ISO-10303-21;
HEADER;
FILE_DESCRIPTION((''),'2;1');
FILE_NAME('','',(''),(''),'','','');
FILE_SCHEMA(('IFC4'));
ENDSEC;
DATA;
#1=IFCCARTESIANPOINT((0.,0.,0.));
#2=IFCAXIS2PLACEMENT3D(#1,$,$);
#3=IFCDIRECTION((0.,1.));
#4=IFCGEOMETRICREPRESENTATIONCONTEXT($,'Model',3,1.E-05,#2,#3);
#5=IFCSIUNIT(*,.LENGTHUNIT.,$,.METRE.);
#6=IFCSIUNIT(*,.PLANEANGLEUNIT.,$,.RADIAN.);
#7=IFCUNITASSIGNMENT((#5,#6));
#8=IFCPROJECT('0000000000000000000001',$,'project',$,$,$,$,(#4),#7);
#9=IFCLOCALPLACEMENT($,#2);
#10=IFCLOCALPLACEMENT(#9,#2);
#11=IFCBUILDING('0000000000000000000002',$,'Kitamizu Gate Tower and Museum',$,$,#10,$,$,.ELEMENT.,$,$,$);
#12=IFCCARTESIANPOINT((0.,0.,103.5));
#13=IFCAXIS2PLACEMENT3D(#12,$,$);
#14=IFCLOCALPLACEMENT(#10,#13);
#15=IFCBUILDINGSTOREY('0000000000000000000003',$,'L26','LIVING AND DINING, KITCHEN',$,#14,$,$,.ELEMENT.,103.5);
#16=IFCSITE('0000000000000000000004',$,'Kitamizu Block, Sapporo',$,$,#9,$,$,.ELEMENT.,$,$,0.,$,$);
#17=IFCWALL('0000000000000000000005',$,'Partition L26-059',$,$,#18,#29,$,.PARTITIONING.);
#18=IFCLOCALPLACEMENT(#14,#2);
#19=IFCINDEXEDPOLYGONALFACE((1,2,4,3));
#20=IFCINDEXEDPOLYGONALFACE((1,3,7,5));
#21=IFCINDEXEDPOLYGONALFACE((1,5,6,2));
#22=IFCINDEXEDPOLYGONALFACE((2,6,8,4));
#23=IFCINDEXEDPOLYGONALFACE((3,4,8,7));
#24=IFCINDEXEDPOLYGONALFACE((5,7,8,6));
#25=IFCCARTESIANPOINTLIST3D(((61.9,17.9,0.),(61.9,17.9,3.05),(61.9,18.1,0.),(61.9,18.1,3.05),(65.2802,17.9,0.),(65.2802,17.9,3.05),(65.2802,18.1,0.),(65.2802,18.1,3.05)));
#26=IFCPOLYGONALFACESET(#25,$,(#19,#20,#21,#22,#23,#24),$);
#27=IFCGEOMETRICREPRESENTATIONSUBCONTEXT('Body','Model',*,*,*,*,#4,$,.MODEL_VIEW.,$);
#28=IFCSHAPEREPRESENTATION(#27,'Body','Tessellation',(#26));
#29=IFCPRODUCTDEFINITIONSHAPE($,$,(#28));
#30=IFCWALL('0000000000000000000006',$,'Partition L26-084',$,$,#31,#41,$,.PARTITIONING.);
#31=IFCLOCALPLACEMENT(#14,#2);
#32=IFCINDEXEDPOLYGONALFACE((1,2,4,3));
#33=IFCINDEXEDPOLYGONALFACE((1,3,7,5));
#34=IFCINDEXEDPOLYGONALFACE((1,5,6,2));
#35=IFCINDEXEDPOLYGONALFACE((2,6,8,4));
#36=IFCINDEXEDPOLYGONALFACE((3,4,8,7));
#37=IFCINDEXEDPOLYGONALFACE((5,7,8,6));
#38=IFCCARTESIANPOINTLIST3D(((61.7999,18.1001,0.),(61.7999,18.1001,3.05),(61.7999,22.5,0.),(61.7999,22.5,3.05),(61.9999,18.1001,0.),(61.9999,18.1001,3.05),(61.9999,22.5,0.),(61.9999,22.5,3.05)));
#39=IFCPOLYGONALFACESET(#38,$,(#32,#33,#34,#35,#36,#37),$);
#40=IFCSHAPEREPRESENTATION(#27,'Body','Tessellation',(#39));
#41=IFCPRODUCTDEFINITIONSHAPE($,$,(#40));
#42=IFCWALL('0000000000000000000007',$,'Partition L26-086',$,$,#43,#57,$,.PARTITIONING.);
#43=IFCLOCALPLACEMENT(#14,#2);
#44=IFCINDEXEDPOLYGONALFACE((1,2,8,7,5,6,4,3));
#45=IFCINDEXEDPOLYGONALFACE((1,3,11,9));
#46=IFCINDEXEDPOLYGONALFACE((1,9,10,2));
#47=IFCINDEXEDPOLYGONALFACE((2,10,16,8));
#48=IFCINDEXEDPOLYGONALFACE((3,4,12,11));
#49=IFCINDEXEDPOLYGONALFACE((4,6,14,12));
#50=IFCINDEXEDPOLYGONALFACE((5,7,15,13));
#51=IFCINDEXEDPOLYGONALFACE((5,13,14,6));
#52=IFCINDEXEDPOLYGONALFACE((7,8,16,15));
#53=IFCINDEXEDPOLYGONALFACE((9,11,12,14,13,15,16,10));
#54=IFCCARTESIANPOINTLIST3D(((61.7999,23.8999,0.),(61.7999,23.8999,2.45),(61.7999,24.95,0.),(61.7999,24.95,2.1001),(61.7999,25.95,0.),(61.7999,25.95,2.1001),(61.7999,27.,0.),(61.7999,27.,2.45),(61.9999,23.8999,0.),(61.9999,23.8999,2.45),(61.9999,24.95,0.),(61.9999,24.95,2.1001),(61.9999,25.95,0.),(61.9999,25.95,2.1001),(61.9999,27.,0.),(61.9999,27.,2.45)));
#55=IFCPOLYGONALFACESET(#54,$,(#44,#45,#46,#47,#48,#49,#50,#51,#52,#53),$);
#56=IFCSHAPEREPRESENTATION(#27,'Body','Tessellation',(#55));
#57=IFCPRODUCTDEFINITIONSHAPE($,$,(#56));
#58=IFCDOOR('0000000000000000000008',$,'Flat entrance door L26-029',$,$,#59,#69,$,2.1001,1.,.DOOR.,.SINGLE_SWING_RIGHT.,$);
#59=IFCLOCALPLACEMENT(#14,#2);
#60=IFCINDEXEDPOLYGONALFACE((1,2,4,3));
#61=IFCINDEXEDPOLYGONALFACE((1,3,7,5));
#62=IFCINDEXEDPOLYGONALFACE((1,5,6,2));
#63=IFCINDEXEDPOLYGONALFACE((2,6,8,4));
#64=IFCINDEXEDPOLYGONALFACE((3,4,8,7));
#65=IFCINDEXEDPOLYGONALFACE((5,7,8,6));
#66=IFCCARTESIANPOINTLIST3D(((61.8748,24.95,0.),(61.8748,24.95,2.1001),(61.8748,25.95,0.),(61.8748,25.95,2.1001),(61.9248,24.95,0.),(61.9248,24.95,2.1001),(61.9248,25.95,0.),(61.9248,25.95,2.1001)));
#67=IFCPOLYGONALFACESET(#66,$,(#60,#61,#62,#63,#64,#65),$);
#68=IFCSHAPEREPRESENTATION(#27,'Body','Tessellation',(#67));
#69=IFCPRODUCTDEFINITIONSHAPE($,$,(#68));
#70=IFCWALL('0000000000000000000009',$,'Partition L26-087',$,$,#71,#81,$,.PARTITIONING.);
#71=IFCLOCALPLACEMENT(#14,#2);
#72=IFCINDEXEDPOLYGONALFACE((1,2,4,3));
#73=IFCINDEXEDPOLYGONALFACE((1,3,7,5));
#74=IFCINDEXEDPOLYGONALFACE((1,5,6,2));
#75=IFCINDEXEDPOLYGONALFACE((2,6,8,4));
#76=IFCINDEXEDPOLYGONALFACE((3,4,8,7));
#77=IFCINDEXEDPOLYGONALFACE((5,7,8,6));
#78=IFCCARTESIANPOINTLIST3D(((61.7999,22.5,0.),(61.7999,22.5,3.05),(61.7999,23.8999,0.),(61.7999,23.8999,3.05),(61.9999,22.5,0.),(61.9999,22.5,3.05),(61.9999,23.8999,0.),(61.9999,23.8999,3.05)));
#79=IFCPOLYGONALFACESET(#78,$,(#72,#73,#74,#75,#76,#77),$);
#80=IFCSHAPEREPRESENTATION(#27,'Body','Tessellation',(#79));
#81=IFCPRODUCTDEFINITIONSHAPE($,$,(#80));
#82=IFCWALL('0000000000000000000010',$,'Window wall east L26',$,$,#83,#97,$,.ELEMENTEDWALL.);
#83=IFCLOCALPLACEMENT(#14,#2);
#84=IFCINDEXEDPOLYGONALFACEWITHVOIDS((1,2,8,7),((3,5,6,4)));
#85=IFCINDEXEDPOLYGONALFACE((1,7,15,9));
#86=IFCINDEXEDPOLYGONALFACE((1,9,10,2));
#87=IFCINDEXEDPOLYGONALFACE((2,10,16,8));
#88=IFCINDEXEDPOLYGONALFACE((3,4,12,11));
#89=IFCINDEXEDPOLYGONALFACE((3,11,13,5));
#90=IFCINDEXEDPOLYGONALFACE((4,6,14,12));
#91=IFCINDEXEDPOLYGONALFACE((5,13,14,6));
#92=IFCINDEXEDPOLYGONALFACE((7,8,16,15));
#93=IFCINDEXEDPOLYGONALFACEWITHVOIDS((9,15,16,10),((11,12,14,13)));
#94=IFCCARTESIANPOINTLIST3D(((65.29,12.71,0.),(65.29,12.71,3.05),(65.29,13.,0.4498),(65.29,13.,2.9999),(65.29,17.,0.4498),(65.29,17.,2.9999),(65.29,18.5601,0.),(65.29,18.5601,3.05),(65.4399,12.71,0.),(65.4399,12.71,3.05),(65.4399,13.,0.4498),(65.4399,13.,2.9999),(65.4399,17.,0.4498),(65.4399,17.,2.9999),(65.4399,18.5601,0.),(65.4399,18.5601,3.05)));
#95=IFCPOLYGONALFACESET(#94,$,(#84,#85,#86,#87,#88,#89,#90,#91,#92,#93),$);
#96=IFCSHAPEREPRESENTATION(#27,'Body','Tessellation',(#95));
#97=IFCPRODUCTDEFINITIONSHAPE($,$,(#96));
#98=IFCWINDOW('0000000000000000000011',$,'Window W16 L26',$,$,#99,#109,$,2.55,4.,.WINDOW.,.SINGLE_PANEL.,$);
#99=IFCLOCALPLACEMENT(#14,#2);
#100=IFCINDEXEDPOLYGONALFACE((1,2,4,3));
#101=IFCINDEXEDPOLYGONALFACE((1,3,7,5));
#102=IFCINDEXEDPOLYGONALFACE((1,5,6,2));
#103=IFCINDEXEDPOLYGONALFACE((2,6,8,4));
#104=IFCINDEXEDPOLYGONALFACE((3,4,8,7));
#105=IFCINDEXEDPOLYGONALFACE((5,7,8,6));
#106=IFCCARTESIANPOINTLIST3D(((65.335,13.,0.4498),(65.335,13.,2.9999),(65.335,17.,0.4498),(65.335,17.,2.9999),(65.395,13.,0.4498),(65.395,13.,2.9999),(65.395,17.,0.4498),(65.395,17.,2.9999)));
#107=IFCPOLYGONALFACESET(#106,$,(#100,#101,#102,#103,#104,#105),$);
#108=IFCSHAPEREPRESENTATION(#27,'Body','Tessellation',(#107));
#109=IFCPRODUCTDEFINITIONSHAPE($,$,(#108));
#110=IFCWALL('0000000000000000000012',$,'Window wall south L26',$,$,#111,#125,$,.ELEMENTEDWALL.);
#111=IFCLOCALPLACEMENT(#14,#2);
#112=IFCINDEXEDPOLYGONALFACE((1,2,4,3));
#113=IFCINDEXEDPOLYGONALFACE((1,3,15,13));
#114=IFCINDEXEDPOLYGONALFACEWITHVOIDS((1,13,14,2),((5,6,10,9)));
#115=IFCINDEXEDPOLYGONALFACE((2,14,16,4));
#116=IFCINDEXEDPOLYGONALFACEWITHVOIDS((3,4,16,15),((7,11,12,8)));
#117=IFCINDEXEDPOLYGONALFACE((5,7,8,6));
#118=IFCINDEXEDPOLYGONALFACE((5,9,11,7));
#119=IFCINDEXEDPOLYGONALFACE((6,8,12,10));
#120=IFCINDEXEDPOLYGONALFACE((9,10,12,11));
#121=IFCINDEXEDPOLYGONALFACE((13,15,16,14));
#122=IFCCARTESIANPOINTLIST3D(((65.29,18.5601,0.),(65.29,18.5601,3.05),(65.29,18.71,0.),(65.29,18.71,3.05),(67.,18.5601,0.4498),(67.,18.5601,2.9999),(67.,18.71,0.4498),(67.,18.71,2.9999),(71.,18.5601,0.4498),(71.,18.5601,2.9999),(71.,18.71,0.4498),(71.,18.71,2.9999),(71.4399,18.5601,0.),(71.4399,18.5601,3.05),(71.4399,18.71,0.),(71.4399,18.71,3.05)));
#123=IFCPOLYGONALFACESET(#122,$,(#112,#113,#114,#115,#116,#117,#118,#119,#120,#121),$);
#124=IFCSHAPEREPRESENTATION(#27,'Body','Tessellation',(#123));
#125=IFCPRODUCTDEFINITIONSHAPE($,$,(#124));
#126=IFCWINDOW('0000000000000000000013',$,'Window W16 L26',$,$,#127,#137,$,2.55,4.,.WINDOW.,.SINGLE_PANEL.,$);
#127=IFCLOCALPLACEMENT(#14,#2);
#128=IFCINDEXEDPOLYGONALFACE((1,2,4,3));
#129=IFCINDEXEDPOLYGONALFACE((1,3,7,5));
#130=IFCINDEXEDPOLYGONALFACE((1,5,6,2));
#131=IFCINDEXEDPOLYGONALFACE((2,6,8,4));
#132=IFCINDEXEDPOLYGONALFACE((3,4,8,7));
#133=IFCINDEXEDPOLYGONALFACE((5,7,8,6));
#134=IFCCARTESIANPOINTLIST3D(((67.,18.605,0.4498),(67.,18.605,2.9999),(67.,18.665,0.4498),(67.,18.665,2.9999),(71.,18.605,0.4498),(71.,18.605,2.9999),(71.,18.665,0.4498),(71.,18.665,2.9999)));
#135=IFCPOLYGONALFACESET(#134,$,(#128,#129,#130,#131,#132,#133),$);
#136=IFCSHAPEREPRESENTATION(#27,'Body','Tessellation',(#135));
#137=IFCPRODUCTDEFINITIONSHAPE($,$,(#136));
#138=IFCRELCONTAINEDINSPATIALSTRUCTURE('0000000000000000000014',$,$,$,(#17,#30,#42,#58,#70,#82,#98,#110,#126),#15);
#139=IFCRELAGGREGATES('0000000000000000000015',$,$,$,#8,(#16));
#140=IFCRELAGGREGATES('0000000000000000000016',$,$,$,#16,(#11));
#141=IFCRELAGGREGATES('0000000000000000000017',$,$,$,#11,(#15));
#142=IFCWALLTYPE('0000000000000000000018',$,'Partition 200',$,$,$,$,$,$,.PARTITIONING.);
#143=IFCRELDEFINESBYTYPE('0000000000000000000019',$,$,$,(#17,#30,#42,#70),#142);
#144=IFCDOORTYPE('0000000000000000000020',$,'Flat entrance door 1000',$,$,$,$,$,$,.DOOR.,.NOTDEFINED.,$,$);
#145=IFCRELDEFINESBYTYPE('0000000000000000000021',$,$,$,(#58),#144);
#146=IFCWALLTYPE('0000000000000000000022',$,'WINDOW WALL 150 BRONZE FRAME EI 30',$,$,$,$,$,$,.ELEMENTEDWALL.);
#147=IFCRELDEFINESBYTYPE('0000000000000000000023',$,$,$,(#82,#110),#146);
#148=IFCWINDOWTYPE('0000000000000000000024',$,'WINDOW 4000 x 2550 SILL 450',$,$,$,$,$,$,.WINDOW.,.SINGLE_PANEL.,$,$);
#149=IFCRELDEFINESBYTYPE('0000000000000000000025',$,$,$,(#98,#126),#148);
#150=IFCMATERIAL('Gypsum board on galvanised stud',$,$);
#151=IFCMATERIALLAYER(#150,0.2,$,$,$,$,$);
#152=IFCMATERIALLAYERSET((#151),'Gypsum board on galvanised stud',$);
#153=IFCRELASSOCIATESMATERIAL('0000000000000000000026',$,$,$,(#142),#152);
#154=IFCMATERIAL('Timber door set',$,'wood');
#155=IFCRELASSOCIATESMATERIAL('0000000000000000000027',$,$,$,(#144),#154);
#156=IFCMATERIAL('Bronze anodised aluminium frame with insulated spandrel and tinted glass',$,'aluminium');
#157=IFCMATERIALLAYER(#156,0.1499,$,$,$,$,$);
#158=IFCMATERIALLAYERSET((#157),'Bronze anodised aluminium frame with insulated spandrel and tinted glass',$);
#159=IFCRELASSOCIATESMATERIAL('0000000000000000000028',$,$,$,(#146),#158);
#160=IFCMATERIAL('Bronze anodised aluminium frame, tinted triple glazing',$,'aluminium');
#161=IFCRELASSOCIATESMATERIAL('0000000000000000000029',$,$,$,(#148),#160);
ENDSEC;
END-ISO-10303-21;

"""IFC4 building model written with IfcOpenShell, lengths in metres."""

from ifc_helpers import new_model, si_unit, direction, frame, frame_2d, origin, place, context, subcontext, project, spatial, rectangle, extrude, material, layer, layer_set, type_object, element, fill, save


model = new_model("IFC4")

# Units and contexts
model_context = context("Model", 3, precision=1e-05, world=origin(), true_north=direction((0.0, 1.0)))
body_context = subcontext(model_context, "Body", "Model", "MODEL_VIEW")
ifc_project = project(units=[si_unit("LENGTHUNIT", "METRE"), si_unit("PLANEANGLEUNIT", "RADIAN")], contexts=[model_context])

# Site, building, storey
site_placement = place(None, origin())
site = spatial("IfcSite", under=ifc_project, at=site_placement, Name="Kitamizu Block, Sapporo", CompositionType="ELEMENT", RefElevation=0.0)
building_placement = place(site_placement, origin())
building = spatial("IfcBuilding", under=site, at=building_placement, Name="Kitamizu Gate Tower and Museum", CompositionType="ELEMENT")
storey_placement = place(building_placement, frame((0.0, 0.0, 103.5)))
storey = spatial("IfcBuildingStorey", under=building, at=storey_placement, Name="L26", Description="LIVING AND DINING, KITCHEN", CompositionType="ELEMENT", Elevation=103.5)

# Walls
ifc_material_1 = material(Name="Gypsum board on galvanised stud")
ifc_layer_1 = layer(ifc_material_1, 0.2)
ifc_layer_set_1 = layer_set([ifc_layer_1], Name="Gypsum board on galvanised stud")
wall_type_1 = type_object("IfcWallType", Name="Partition 200", PredefinedType="PARTITIONING", material=ifc_layer_set_1)
wall_1_placement = place(storey_placement, frame((65.28, 18.0, 0.0), z_axis=(0.0, 0.0, 1.0), x_axis=(-1.0, 0.0, 0.0)))
element("IfcWall", 1, at=wall_1_placement, inside=storey, type_object=wall_type_1, Name="Partition L26-059", PredefinedType="PARTITIONING", context=body_context, shape_type="SweptSolid", body=[
    extrude(rectangle(XDim=3.3801, YDim=0.2, at=frame_2d((1.6899, 0.0))), origin(), (0.0, 0.0, 1.0), 3.05),
])
wall_2_placement = place(storey_placement, frame((61.8999, 22.5, 0.0), z_axis=(0.0, 0.0, 1.0), x_axis=(0.0, -1.0, 0.0)))
element("IfcWall", 2, at=wall_2_placement, inside=storey, type_object=wall_type_1, Name="Partition L26-084", PredefinedType="PARTITIONING", context=body_context, shape_type="SweptSolid", body=[
    extrude(rectangle(XDim=4.3999, YDim=0.2, at=frame_2d((2.2, 0.0))), origin(), (0.0, 0.0, 1.0), 3.05),
])

# Wall, opening, door
wall_3_placement = place(storey_placement, frame((61.8999, 27.0, 0.0), z_axis=(0.0, 0.0, 1.0), x_axis=(0.0, -1.0, 0.0)))
wall_3 = element("IfcWall", 3, at=wall_3_placement, inside=storey, type_object=wall_type_1, Name="Partition L26-086", PredefinedType="PARTITIONING", context=body_context, shape_type="SweptSolid", body=[
    extrude(rectangle(XDim=3.1001, YDim=0.2, at=frame_2d((1.55, 0.0))), origin(), (0.0, 0.0, 1.0), 2.45),
])
opening_1_placement = place(wall_3_placement, frame((1.05, 0.0, 0.0)))
opening_1 = element("IfcOpeningElement", 4, at=opening_1_placement, cuts=wall_3, PredefinedType="OPENING", context=body_context, shape_type="SweptSolid", body=[
    extrude(rectangle(XDim=1.0, YDim=2.1001, at=frame_2d((0.5, 1.05))), frame((0.0, 0.1099, 0.0), z_axis=(0.0, -1.0, 0.0), x_axis=(1.0, 0.0, 0.0)), (0.0, 0.0, 1.0), 0.22),
])
ifc_material_2 = material(Name="Timber door set", Category="wood")
door_type_1 = type_object("IfcDoorType", Name="Flat entrance door 1000", OperationType="NOTDEFINED", PredefinedType="DOOR", material=ifc_material_2)
door_1_placement = place(opening_1_placement, origin())
door_1 = element("IfcDoor", 5, at=door_1_placement, inside=storey, type_object=door_type_1, Name="Flat entrance door L26-029", OperationType="SINGLE_SWING_RIGHT", OverallHeight=2.1001, OverallWidth=1.0, PredefinedType="DOOR", context=body_context, shape_type="SweptSolid", body=[
    extrude(rectangle(XDim=1.0, YDim=2.1001, at=frame_2d((0.5, 1.05))), frame((0.0, 0.0249, 0.0), z_axis=(0.0, -1.0, 0.0), x_axis=(1.0, 0.0, 0.0)), (0.0, 0.0, 1.0), 0.05),
])
fill(opening_1, door_1)

# Wall
wall_4_placement = place(storey_placement, frame((61.8999, 23.8999, 0.0), z_axis=(0.0, 0.0, 1.0), x_axis=(0.0, -1.0, 0.0)))
element("IfcWall", 6, at=wall_4_placement, inside=storey, type_object=wall_type_1, Name="Partition L26-087", PredefinedType="PARTITIONING", context=body_context, shape_type="SweptSolid", body=[
    extrude(rectangle(XDim=1.3999, YDim=0.2, at=frame_2d((0.7, 0.0))), origin(), (0.0, 0.0, 1.0), 3.05),
])

# Walls, openings, windows
ifc_material_3 = material(Name="Bronze anodised aluminium frame with insulated spandrel and tinted glass", Category="aluminium")
ifc_layer_2 = layer(ifc_material_3, 0.1499)
ifc_layer_set_2 = layer_set([ifc_layer_2], Name="Bronze anodised aluminium frame with insulated spandrel and tinted glass")
wall_type_2 = type_object("IfcWallType", Name="WINDOW WALL 150 BRONZE FRAME EI 30", PredefinedType="ELEMENTEDWALL", material=ifc_layer_set_2)
wall_5_placement = place(storey_placement, frame((65.365, 12.71, 0.0), z_axis=(0.0, 0.0, 1.0), x_axis=(0.0, 1.0, 0.0)))
wall_5 = element("IfcWall", 7, at=wall_5_placement, inside=storey, type_object=wall_type_2, Name="Window wall east L26", PredefinedType="ELEMENTEDWALL", context=body_context, shape_type="SweptSolid", body=[
    extrude(rectangle(XDim=5.8501, YDim=0.1499, at=frame_2d((2.925, 0.0))), origin(), (0.0, 0.0, 1.0), 3.05),
])
opening_2_placement = place(wall_5_placement, frame((0.29, 0.0, 0.45)))
opening_2 = element("IfcOpeningElement", 8, at=opening_2_placement, cuts=wall_5, PredefinedType="OPENING", context=body_context, shape_type="SweptSolid", body=[
    extrude(rectangle(XDim=4.0, YDim=2.55, at=frame_2d((2.0, 1.2749))), frame((0.0, 0.085, 0.0), z_axis=(0.0, -1.0, 0.0), x_axis=(1.0, 0.0, 0.0)), (0.0, 0.0, 1.0), 0.1699),
])
ifc_material_4 = material(Name="Bronze anodised aluminium frame, tinted triple glazing", Category="aluminium")
window_type_1 = type_object("IfcWindowType", Name="WINDOW 4000 x 2550 SILL 450", PartitioningType="SINGLE_PANEL", PredefinedType="WINDOW", material=ifc_material_4)
window_1_placement = place(opening_2_placement, origin())
window_1 = element("IfcWindow", 9, at=window_1_placement, inside=storey, type_object=window_type_1, Name="Window W16 L26", OverallHeight=2.55, OverallWidth=4.0, PartitioningType="SINGLE_PANEL", PredefinedType="WINDOW", context=body_context, shape_type="SweptSolid", body=[
    extrude(rectangle(XDim=4.0, YDim=2.55, at=frame_2d((2.0, 1.2749))), frame((0.0, 0.03, 0.0), z_axis=(0.0, -1.0, 0.0), x_axis=(1.0, 0.0, 0.0)), (0.0, 0.0, 1.0), 0.0601),
])
fill(opening_2, window_1)
wall_6_placement = place(storey_placement, frame((65.29, 18.635, 0.0), z_axis=(0.0, 0.0, 1.0), x_axis=(1.0, 0.0, 0.0)))
wall_6 = element("IfcWall", 10, at=wall_6_placement, inside=storey, type_object=wall_type_2, Name="Window wall south L26", PredefinedType="ELEMENTEDWALL", context=body_context, shape_type="SweptSolid", body=[
    extrude(rectangle(XDim=6.1499, YDim=0.1499, at=frame_2d((3.075, 0.0))), origin(), (0.0, 0.0, 1.0), 3.05),
])
opening_3_placement = place(wall_6_placement, frame((1.71, 0.0, 0.45)))
opening_3 = element("IfcOpeningElement", 11, at=opening_3_placement, cuts=wall_6, PredefinedType="OPENING", context=body_context, shape_type="SweptSolid", body=[
    extrude(rectangle(XDim=4.0, YDim=2.55, at=frame_2d((2.0, 1.2749))), frame((0.0, 0.085, 0.0), z_axis=(0.0, -1.0, 0.0), x_axis=(1.0, 0.0, 0.0)), (0.0, 0.0, 1.0), 0.1699),
])
window_2_placement = place(opening_3_placement, origin())
window_2 = element("IfcWindow", 12, at=window_2_placement, inside=storey, type_object=window_type_1, Name="Window W16 L26", OverallHeight=2.55, OverallWidth=4.0, PartitioningType="SINGLE_PANEL", PredefinedType="WINDOW", context=body_context, shape_type="SweptSolid", body=[
    extrude(rectangle(XDim=4.0, YDim=2.55, at=frame_2d((2.0, 1.2749))), frame((0.0, 0.03, 0.0), z_axis=(0.0, -1.0, 0.0), x_axis=(1.0, 0.0, 0.0)), (0.0, 0.0, 1.0), 0.0601),
])
fill(opening_3, window_2)

save(model, "model.ifc")
